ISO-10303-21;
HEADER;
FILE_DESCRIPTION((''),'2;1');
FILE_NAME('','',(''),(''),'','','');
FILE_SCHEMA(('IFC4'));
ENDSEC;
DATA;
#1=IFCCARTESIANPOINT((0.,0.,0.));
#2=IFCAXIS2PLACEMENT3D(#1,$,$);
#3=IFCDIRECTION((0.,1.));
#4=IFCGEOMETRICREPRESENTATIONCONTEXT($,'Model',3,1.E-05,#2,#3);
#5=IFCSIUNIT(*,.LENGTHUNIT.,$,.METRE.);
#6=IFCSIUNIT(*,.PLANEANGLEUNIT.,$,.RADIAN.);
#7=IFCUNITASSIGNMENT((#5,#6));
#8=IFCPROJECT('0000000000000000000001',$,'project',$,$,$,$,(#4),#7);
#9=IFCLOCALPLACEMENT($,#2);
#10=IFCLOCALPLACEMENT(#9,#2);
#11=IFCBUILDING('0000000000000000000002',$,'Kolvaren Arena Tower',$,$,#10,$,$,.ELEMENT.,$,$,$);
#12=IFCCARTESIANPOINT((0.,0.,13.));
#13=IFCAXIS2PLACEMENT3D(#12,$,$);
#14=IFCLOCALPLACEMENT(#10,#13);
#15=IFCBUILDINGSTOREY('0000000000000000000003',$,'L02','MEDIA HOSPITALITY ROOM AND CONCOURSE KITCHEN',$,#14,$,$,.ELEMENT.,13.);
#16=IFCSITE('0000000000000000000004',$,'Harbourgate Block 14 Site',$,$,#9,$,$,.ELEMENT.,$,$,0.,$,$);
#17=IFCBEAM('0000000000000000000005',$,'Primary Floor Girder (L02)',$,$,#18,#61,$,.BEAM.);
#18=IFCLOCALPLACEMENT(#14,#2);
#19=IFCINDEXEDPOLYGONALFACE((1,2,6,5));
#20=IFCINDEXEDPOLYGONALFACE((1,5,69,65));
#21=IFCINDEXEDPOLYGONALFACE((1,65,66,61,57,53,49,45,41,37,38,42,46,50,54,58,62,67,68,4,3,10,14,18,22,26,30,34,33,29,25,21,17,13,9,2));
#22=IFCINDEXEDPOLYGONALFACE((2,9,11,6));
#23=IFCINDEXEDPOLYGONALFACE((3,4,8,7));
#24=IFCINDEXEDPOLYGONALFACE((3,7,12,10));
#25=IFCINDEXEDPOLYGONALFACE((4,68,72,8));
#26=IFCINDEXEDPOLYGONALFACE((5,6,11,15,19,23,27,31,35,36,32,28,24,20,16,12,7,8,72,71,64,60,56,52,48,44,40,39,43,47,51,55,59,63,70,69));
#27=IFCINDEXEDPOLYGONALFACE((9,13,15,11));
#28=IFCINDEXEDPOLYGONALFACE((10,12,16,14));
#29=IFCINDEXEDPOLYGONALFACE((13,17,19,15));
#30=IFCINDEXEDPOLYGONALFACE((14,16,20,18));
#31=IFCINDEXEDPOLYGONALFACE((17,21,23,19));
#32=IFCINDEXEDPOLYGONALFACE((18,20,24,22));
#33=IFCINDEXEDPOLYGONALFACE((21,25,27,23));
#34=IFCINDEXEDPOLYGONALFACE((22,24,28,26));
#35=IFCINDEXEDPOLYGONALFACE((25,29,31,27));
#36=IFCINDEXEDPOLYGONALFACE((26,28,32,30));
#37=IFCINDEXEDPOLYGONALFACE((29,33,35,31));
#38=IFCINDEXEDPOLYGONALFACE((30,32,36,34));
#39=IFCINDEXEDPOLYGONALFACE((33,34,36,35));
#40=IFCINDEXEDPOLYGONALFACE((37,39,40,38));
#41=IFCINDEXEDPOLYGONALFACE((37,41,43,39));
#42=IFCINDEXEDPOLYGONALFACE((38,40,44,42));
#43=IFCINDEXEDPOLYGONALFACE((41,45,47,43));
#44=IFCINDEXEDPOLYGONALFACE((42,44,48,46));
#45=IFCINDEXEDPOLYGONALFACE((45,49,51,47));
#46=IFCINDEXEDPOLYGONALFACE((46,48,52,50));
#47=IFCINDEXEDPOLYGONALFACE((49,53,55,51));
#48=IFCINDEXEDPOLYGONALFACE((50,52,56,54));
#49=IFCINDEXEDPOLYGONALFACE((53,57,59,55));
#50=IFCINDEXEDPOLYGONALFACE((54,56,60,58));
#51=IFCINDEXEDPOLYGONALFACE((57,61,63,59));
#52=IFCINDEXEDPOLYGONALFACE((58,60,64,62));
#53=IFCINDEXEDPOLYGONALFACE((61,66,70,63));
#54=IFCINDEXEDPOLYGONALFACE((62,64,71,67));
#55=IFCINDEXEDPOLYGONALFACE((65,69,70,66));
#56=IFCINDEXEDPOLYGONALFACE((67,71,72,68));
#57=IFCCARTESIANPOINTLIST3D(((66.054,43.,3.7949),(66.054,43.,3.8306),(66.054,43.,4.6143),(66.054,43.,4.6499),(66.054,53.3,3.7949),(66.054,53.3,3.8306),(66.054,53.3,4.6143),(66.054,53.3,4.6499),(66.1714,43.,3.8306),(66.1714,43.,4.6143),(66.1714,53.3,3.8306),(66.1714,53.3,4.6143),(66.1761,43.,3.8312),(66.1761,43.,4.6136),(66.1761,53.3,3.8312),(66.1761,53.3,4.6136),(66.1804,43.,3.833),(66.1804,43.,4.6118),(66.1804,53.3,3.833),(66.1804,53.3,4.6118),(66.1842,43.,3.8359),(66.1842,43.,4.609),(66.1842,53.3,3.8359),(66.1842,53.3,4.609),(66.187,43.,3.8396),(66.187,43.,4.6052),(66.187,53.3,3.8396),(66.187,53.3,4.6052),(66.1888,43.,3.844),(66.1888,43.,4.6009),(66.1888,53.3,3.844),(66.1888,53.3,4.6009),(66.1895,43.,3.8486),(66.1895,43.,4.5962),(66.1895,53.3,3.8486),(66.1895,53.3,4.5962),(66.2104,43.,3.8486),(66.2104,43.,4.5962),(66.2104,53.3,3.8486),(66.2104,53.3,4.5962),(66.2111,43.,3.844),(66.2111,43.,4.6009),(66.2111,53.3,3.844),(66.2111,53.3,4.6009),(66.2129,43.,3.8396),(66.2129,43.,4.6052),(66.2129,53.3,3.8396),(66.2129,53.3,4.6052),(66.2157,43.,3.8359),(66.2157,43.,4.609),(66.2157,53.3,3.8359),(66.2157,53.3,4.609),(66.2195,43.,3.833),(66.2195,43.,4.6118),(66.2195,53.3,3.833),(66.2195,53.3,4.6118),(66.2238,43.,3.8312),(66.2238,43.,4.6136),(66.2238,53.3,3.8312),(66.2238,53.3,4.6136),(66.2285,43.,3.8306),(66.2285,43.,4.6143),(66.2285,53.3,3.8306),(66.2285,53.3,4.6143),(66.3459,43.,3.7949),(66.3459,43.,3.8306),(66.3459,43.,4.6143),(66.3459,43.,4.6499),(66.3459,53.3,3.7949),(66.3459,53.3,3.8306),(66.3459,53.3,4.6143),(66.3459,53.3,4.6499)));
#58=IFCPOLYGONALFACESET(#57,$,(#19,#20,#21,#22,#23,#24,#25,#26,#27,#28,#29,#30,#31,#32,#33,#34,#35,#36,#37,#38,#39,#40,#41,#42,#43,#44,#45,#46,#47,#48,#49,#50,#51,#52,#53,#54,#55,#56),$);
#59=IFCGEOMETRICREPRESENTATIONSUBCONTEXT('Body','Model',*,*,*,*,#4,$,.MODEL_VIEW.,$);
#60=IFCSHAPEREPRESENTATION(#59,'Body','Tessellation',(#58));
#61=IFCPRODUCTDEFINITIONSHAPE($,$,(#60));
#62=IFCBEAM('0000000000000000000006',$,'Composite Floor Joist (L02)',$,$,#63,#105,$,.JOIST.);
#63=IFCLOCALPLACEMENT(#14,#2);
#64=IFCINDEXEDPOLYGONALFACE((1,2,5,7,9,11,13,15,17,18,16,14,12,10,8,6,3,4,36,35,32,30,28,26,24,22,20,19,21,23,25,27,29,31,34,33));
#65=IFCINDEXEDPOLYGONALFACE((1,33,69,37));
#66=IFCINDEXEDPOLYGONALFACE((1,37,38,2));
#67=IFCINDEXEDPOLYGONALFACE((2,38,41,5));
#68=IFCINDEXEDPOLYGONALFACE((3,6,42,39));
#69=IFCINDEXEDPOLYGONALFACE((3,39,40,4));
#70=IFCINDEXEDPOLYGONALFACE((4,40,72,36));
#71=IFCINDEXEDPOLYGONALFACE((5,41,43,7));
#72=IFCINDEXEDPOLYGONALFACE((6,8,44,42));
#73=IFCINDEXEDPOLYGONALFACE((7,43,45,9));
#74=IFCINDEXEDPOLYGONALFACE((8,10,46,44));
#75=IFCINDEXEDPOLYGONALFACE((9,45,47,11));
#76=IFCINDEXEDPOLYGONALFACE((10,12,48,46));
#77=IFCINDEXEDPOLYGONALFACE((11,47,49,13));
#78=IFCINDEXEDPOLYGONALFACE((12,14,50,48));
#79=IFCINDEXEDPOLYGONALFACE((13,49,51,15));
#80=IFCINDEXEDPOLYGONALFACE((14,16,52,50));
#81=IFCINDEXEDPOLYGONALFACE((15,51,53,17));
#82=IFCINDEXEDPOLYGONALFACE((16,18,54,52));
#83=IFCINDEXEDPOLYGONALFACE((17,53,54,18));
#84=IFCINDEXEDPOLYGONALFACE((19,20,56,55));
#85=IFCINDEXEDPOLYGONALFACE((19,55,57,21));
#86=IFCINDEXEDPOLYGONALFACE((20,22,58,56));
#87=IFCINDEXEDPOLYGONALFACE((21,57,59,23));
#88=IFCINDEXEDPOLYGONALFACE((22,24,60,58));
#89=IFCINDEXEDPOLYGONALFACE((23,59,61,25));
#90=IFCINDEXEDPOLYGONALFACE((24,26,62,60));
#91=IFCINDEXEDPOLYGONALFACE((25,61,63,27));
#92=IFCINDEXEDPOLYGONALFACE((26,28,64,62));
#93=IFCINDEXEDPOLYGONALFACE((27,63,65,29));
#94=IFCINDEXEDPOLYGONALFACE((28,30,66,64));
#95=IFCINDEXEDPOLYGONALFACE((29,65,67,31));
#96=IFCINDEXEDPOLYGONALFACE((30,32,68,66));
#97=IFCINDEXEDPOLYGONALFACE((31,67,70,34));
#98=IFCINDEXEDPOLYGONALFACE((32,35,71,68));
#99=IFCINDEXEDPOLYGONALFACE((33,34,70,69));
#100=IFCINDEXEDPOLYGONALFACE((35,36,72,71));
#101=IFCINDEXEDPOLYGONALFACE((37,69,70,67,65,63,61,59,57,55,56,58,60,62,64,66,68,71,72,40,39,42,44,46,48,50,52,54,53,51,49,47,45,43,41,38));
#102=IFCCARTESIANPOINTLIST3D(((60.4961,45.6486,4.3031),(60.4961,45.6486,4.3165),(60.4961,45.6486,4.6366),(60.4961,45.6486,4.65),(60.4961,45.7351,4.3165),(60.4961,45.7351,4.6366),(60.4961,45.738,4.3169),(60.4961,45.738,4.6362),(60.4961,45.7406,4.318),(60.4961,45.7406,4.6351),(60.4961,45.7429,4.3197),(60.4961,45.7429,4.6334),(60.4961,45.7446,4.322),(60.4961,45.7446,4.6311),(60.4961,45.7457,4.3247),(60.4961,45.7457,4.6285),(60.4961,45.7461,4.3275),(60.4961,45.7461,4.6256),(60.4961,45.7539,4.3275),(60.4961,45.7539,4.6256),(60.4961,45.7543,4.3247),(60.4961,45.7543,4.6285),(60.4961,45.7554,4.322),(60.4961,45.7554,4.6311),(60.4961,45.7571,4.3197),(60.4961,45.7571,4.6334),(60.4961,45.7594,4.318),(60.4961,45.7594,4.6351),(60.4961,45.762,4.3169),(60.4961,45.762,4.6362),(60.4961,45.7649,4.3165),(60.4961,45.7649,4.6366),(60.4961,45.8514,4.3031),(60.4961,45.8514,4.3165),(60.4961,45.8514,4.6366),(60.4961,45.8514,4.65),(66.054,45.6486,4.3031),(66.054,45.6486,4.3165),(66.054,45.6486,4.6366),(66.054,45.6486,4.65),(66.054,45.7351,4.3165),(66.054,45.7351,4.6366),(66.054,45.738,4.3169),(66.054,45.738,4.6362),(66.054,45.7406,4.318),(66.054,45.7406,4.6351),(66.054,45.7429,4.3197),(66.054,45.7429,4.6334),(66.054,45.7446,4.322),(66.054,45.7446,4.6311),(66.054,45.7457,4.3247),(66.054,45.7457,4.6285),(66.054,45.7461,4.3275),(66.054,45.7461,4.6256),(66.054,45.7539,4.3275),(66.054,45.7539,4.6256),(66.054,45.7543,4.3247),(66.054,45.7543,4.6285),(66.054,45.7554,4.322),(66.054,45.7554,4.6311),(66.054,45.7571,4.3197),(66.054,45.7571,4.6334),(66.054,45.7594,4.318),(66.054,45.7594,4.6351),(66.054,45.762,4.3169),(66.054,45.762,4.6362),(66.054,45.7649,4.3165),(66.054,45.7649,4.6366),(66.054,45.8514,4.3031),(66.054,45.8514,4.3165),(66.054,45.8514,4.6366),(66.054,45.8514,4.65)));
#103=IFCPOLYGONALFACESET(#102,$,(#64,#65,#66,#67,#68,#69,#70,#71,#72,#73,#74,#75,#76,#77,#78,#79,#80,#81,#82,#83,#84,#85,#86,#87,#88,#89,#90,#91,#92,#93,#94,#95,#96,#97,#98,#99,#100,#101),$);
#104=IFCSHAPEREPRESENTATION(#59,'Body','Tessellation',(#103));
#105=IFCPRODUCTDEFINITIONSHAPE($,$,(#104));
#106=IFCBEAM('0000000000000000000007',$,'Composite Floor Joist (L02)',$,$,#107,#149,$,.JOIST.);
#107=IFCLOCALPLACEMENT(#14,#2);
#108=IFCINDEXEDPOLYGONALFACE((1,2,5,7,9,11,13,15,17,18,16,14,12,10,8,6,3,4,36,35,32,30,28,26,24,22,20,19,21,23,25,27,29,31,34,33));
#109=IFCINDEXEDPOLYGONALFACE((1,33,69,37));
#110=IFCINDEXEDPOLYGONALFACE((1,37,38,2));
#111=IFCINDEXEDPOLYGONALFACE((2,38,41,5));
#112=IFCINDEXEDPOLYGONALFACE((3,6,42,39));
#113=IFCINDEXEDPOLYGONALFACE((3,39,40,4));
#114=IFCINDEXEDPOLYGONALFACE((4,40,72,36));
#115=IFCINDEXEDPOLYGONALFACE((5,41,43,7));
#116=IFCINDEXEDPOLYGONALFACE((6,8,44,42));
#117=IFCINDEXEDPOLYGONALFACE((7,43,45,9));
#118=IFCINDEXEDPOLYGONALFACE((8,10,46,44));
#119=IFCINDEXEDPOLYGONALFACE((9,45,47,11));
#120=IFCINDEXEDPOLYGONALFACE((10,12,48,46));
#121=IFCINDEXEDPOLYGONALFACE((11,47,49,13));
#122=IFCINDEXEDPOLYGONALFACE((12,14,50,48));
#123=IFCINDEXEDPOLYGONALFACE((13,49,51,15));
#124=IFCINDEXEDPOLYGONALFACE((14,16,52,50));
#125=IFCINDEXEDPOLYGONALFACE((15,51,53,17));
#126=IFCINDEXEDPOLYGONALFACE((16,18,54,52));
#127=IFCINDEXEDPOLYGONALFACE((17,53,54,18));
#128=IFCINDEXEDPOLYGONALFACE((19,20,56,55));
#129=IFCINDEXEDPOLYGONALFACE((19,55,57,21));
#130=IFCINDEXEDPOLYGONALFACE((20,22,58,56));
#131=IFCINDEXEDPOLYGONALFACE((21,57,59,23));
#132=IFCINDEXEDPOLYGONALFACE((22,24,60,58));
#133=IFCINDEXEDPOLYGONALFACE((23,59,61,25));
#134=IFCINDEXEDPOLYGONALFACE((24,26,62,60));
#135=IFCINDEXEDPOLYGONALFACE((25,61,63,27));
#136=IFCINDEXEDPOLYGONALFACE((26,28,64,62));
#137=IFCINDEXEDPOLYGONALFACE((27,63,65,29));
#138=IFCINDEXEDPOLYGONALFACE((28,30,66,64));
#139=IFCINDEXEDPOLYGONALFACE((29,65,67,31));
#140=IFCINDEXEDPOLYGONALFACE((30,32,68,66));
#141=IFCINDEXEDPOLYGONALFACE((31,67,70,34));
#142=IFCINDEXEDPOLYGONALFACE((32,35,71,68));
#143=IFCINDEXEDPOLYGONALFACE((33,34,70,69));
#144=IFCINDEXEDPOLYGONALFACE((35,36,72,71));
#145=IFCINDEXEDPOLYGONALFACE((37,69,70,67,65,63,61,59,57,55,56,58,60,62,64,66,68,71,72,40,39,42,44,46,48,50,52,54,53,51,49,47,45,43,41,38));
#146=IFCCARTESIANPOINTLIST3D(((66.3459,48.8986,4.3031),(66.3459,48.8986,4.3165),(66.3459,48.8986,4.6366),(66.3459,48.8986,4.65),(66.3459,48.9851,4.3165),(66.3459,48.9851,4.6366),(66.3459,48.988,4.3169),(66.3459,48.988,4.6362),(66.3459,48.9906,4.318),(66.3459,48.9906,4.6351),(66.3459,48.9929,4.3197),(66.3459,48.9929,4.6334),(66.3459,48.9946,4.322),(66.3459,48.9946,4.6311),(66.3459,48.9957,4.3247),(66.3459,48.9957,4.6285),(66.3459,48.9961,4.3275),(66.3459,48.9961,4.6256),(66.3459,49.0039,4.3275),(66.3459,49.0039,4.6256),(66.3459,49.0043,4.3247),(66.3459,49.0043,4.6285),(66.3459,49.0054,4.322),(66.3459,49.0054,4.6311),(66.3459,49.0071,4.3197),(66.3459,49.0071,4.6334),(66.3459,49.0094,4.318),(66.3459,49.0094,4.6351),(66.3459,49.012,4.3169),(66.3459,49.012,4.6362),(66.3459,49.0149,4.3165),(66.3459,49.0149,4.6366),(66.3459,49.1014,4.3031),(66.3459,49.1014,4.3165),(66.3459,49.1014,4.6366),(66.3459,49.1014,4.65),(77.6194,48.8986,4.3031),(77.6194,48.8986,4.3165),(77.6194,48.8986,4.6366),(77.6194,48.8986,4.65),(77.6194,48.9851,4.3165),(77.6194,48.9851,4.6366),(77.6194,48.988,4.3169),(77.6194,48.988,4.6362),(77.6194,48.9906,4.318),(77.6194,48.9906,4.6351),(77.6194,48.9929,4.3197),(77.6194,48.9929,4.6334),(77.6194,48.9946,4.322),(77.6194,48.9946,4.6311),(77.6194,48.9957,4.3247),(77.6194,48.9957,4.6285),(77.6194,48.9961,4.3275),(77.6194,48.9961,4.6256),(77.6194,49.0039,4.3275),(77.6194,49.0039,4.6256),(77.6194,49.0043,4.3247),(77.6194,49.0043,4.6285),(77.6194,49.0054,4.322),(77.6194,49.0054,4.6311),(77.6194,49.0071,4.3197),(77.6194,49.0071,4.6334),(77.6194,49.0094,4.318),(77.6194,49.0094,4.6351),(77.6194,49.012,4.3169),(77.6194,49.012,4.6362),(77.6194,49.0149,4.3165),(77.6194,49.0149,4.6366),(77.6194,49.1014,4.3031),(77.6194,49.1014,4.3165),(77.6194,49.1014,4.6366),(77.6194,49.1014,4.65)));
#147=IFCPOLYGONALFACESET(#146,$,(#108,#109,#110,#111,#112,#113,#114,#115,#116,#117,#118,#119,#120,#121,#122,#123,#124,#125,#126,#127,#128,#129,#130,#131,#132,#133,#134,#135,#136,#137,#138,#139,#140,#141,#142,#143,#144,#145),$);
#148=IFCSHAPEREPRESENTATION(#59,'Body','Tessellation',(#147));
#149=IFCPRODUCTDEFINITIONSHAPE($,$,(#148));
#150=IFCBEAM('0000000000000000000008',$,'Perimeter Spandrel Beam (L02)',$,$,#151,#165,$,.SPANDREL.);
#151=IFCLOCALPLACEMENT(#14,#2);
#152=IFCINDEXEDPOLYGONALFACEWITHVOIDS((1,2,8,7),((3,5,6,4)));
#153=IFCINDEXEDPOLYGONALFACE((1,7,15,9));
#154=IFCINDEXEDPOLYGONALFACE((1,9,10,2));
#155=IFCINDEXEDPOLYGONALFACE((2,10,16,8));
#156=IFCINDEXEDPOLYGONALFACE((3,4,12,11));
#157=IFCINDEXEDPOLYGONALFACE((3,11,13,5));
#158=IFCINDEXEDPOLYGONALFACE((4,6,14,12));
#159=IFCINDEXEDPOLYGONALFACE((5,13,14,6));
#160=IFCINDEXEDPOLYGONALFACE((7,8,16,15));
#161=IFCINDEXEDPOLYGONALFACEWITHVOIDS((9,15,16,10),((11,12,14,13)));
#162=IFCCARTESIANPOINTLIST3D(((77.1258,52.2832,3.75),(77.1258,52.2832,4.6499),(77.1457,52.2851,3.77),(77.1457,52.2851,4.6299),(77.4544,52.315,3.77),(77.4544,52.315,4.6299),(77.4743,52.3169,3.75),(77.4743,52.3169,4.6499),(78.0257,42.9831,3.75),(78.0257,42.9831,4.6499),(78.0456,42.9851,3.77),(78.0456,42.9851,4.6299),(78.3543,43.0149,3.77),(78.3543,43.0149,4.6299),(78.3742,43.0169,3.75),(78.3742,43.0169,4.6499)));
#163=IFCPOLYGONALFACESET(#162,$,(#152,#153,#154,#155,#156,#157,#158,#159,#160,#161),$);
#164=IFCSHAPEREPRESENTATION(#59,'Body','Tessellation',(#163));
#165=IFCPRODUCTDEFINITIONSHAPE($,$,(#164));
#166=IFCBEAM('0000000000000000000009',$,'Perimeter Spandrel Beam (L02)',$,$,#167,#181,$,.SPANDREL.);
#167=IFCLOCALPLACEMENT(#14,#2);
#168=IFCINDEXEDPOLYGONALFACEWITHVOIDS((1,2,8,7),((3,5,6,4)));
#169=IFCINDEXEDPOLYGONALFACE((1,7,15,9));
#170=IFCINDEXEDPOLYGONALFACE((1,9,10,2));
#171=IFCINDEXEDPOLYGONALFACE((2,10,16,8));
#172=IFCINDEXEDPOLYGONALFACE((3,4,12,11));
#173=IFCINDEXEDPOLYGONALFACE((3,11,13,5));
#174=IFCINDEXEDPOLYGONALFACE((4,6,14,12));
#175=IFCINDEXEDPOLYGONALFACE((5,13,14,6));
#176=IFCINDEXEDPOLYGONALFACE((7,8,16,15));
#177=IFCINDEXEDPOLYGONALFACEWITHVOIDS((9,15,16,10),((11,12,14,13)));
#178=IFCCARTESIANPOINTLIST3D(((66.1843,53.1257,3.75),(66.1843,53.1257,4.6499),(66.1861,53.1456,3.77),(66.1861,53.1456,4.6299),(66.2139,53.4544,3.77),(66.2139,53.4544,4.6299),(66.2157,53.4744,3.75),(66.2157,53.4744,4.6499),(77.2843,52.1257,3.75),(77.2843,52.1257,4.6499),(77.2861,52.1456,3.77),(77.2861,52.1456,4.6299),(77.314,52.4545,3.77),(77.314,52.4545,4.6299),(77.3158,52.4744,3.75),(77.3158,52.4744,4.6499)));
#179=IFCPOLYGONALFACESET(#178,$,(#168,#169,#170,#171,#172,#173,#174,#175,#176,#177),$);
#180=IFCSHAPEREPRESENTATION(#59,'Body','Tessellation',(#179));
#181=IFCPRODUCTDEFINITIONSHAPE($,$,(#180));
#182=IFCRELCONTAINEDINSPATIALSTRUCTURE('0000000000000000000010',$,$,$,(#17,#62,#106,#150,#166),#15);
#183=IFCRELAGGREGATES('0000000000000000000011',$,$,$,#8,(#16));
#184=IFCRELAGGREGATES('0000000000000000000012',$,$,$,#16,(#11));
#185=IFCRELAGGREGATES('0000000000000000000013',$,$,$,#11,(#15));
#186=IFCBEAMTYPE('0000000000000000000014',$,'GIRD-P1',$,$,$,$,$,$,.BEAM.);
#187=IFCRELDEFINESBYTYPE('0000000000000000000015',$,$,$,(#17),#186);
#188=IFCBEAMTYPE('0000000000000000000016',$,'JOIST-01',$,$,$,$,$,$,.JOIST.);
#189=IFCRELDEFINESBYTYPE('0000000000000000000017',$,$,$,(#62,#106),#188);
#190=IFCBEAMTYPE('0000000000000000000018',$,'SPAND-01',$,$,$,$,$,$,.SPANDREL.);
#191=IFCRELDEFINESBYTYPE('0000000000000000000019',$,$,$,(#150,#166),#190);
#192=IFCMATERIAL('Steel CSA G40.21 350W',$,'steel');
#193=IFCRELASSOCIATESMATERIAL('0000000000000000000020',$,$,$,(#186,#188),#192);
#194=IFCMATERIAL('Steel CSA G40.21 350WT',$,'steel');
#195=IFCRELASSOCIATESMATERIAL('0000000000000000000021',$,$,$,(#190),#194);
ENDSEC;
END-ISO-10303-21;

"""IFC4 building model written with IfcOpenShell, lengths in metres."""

from ifc_helpers import new_model, si_unit, direction, frame, origin, origin_2d, place, context, subcontext, project, spatial, hollow_rectangle, i_section, extrude, material, material_profile, profile_set, type_object, element, save


model = new_model("IFC4")

# Units and contexts
model_context = context("Model", 3, precision=1e-05, world=origin(), true_north=direction((0.0, 1.0)))
body_context = subcontext(model_context, "Body", "Model", "MODEL_VIEW")
ifc_project = project(units=[si_unit("LENGTHUNIT", "METRE"), si_unit("PLANEANGLEUNIT", "RADIAN")], contexts=[model_context])

# Site, building, storey
site_placement = place(None, origin())
site = spatial("IfcSite", under=ifc_project, at=site_placement, Name="Harbourgate Block 14 Site", CompositionType="ELEMENT", RefElevation=0.0)
building_placement = place(site_placement, origin())
building = spatial("IfcBuilding", under=site, at=building_placement, Name="Kolvaren Arena Tower", CompositionType="ELEMENT")
storey_placement = place(building_placement, frame((0.0, 0.0, 13.0)))
storey = spatial("IfcBuildingStorey", under=building, at=storey_placement, Name="L02", Description="MEDIA HOSPITALITY ROOM AND CONCOURSE KITCHEN", CompositionType="ELEMENT", Elevation=13.0)

# Beams
ifc_material_1 = material(Name="Steel CSA G40.21 350W", Category="steel")
ifc_material_profile_1 = material_profile(ifc_material_1, i_section(OverallWidth=0.292, OverallDepth=0.855, WebThickness=0.021, FlangeThickness=0.0356, FilletRadius=0.0181, at=origin_2d()), Name="W840x299")
ifc_profile_set_1 = profile_set([ifc_material_profile_1], Name="Steel CSA G40.21 350W")
beam_type_1 = type_object("IfcBeamType", Name="GIRD-P1", PredefinedType="BEAM", material=ifc_profile_set_1)
beam_1_placement = place(storey_placement, frame((66.2, 43.0, 4.2224), z_axis=(0.0, 1.0, 0.0), x_axis=(-1.0, 0.0, 0.0)))
element("IfcBeam", 1, at=beam_1_placement, inside=storey, type_object=beam_type_1, Name="Primary Floor Girder (L02)", PredefinedType="BEAM", context=body_context, shape_type="SweptSolid", body=[
    extrude(i_section(OverallWidth=0.292, OverallDepth=0.855, WebThickness=0.021, FlangeThickness=0.0356, FilletRadius=0.0181, at=origin_2d()), origin(), (0.0, 0.0, 1.0), 10.3),
])
ifc_material_profile_2 = material_profile(ifc_material_1, i_section(OverallWidth=0.2029, OverallDepth=0.3469, WebThickness=0.0078, FlangeThickness=0.0134, FilletRadius=0.011, at=origin_2d()), Name="W360x64")
ifc_profile_set_2 = profile_set([ifc_material_profile_2], Name="Steel CSA G40.21 350W")
beam_type_2 = type_object("IfcBeamType", Name="JOIST-01", PredefinedType="JOIST", material=ifc_profile_set_2)
beam_2_placement = place(storey_placement, frame((60.4961, 45.75, 4.4766), z_axis=(1.0, 0.0, 0.0), x_axis=(0.0, 1.0, 0.0)))
element("IfcBeam", 2, at=beam_2_placement, inside=storey, type_object=beam_type_2, Name="Composite Floor Joist (L02)", PredefinedType="JOIST", context=body_context, shape_type="SweptSolid", body=[
    extrude(i_section(OverallWidth=0.2029, OverallDepth=0.3469, WebThickness=0.0078, FlangeThickness=0.0134, FilletRadius=0.011, at=origin_2d()), origin(), (0.0, 0.0, 1.0), 5.5579),
])
beam_3_placement = place(storey_placement, frame((66.3459, 49.0, 4.4766), z_axis=(1.0, 0.0, 0.0), x_axis=(0.0, 1.0, 0.0)))
element("IfcBeam", 3, at=beam_3_placement, inside=storey, type_object=beam_type_2, Name="Composite Floor Joist (L02)", PredefinedType="JOIST", context=body_context, shape_type="SweptSolid", body=[
    extrude(i_section(OverallWidth=0.2029, OverallDepth=0.3469, WebThickness=0.0078, FlangeThickness=0.0134, FilletRadius=0.011, at=origin_2d()), origin(), (0.0, 0.0, 1.0), 11.2734),
])
ifc_material_2 = material(Name="Steel CSA G40.21 350WT", Category="steel")
ifc_material_profile_3 = material_profile(ifc_material_2, hollow_rectangle(XDim=0.3501, YDim=0.8999, WallThickness=0.02, at=origin_2d()), Name="HSS 900x350x20")
ifc_profile_set_3 = profile_set([ifc_material_profile_3], Name="Steel CSA G40.21 350WT")
beam_type_3 = type_object("IfcBeamType", Name="SPAND-01", PredefinedType="SPANDREL", material=ifc_profile_set_3)
beam_4_placement = place(storey_placement, frame((78.2, 43.0, 4.2), z_axis=(-0.096313, 0.995351, 0.0), x_axis=(-0.995351, -0.096313, 0.0)))
element("IfcBeam", 4, at=beam_4_placement, inside=storey, type_object=beam_type_3, Name="Perimeter Spandrel Beam (L02)", PredefinedType="SPANDREL", context=body_context, shape_type="SweptSolid", body=[
    extrude(hollow_rectangle(XDim=0.3501, YDim=0.8999, WallThickness=0.02, at=origin_2d()), origin(), (0.0, 0.0, 1.0), 9.3435),
])
beam_5_placement = place(storey_placement, frame((77.3, 52.3, 4.2), z_axis=(-0.995966, 0.089726, 0.0), x_axis=(-0.089726, -0.995966, 0.0)))
element("IfcBeam", 5, at=beam_5_placement, inside=storey, type_object=beam_type_3, Name="Perimeter Spandrel Beam (L02)", PredefinedType="SPANDREL", context=body_context, shape_type="SweptSolid", body=[
    extrude(hollow_rectangle(XDim=0.3501, YDim=0.8999, WallThickness=0.02, at=origin_2d()), origin(), (0.0, 0.0, 1.0), 11.145),
])

save(model, "model.ifc")
